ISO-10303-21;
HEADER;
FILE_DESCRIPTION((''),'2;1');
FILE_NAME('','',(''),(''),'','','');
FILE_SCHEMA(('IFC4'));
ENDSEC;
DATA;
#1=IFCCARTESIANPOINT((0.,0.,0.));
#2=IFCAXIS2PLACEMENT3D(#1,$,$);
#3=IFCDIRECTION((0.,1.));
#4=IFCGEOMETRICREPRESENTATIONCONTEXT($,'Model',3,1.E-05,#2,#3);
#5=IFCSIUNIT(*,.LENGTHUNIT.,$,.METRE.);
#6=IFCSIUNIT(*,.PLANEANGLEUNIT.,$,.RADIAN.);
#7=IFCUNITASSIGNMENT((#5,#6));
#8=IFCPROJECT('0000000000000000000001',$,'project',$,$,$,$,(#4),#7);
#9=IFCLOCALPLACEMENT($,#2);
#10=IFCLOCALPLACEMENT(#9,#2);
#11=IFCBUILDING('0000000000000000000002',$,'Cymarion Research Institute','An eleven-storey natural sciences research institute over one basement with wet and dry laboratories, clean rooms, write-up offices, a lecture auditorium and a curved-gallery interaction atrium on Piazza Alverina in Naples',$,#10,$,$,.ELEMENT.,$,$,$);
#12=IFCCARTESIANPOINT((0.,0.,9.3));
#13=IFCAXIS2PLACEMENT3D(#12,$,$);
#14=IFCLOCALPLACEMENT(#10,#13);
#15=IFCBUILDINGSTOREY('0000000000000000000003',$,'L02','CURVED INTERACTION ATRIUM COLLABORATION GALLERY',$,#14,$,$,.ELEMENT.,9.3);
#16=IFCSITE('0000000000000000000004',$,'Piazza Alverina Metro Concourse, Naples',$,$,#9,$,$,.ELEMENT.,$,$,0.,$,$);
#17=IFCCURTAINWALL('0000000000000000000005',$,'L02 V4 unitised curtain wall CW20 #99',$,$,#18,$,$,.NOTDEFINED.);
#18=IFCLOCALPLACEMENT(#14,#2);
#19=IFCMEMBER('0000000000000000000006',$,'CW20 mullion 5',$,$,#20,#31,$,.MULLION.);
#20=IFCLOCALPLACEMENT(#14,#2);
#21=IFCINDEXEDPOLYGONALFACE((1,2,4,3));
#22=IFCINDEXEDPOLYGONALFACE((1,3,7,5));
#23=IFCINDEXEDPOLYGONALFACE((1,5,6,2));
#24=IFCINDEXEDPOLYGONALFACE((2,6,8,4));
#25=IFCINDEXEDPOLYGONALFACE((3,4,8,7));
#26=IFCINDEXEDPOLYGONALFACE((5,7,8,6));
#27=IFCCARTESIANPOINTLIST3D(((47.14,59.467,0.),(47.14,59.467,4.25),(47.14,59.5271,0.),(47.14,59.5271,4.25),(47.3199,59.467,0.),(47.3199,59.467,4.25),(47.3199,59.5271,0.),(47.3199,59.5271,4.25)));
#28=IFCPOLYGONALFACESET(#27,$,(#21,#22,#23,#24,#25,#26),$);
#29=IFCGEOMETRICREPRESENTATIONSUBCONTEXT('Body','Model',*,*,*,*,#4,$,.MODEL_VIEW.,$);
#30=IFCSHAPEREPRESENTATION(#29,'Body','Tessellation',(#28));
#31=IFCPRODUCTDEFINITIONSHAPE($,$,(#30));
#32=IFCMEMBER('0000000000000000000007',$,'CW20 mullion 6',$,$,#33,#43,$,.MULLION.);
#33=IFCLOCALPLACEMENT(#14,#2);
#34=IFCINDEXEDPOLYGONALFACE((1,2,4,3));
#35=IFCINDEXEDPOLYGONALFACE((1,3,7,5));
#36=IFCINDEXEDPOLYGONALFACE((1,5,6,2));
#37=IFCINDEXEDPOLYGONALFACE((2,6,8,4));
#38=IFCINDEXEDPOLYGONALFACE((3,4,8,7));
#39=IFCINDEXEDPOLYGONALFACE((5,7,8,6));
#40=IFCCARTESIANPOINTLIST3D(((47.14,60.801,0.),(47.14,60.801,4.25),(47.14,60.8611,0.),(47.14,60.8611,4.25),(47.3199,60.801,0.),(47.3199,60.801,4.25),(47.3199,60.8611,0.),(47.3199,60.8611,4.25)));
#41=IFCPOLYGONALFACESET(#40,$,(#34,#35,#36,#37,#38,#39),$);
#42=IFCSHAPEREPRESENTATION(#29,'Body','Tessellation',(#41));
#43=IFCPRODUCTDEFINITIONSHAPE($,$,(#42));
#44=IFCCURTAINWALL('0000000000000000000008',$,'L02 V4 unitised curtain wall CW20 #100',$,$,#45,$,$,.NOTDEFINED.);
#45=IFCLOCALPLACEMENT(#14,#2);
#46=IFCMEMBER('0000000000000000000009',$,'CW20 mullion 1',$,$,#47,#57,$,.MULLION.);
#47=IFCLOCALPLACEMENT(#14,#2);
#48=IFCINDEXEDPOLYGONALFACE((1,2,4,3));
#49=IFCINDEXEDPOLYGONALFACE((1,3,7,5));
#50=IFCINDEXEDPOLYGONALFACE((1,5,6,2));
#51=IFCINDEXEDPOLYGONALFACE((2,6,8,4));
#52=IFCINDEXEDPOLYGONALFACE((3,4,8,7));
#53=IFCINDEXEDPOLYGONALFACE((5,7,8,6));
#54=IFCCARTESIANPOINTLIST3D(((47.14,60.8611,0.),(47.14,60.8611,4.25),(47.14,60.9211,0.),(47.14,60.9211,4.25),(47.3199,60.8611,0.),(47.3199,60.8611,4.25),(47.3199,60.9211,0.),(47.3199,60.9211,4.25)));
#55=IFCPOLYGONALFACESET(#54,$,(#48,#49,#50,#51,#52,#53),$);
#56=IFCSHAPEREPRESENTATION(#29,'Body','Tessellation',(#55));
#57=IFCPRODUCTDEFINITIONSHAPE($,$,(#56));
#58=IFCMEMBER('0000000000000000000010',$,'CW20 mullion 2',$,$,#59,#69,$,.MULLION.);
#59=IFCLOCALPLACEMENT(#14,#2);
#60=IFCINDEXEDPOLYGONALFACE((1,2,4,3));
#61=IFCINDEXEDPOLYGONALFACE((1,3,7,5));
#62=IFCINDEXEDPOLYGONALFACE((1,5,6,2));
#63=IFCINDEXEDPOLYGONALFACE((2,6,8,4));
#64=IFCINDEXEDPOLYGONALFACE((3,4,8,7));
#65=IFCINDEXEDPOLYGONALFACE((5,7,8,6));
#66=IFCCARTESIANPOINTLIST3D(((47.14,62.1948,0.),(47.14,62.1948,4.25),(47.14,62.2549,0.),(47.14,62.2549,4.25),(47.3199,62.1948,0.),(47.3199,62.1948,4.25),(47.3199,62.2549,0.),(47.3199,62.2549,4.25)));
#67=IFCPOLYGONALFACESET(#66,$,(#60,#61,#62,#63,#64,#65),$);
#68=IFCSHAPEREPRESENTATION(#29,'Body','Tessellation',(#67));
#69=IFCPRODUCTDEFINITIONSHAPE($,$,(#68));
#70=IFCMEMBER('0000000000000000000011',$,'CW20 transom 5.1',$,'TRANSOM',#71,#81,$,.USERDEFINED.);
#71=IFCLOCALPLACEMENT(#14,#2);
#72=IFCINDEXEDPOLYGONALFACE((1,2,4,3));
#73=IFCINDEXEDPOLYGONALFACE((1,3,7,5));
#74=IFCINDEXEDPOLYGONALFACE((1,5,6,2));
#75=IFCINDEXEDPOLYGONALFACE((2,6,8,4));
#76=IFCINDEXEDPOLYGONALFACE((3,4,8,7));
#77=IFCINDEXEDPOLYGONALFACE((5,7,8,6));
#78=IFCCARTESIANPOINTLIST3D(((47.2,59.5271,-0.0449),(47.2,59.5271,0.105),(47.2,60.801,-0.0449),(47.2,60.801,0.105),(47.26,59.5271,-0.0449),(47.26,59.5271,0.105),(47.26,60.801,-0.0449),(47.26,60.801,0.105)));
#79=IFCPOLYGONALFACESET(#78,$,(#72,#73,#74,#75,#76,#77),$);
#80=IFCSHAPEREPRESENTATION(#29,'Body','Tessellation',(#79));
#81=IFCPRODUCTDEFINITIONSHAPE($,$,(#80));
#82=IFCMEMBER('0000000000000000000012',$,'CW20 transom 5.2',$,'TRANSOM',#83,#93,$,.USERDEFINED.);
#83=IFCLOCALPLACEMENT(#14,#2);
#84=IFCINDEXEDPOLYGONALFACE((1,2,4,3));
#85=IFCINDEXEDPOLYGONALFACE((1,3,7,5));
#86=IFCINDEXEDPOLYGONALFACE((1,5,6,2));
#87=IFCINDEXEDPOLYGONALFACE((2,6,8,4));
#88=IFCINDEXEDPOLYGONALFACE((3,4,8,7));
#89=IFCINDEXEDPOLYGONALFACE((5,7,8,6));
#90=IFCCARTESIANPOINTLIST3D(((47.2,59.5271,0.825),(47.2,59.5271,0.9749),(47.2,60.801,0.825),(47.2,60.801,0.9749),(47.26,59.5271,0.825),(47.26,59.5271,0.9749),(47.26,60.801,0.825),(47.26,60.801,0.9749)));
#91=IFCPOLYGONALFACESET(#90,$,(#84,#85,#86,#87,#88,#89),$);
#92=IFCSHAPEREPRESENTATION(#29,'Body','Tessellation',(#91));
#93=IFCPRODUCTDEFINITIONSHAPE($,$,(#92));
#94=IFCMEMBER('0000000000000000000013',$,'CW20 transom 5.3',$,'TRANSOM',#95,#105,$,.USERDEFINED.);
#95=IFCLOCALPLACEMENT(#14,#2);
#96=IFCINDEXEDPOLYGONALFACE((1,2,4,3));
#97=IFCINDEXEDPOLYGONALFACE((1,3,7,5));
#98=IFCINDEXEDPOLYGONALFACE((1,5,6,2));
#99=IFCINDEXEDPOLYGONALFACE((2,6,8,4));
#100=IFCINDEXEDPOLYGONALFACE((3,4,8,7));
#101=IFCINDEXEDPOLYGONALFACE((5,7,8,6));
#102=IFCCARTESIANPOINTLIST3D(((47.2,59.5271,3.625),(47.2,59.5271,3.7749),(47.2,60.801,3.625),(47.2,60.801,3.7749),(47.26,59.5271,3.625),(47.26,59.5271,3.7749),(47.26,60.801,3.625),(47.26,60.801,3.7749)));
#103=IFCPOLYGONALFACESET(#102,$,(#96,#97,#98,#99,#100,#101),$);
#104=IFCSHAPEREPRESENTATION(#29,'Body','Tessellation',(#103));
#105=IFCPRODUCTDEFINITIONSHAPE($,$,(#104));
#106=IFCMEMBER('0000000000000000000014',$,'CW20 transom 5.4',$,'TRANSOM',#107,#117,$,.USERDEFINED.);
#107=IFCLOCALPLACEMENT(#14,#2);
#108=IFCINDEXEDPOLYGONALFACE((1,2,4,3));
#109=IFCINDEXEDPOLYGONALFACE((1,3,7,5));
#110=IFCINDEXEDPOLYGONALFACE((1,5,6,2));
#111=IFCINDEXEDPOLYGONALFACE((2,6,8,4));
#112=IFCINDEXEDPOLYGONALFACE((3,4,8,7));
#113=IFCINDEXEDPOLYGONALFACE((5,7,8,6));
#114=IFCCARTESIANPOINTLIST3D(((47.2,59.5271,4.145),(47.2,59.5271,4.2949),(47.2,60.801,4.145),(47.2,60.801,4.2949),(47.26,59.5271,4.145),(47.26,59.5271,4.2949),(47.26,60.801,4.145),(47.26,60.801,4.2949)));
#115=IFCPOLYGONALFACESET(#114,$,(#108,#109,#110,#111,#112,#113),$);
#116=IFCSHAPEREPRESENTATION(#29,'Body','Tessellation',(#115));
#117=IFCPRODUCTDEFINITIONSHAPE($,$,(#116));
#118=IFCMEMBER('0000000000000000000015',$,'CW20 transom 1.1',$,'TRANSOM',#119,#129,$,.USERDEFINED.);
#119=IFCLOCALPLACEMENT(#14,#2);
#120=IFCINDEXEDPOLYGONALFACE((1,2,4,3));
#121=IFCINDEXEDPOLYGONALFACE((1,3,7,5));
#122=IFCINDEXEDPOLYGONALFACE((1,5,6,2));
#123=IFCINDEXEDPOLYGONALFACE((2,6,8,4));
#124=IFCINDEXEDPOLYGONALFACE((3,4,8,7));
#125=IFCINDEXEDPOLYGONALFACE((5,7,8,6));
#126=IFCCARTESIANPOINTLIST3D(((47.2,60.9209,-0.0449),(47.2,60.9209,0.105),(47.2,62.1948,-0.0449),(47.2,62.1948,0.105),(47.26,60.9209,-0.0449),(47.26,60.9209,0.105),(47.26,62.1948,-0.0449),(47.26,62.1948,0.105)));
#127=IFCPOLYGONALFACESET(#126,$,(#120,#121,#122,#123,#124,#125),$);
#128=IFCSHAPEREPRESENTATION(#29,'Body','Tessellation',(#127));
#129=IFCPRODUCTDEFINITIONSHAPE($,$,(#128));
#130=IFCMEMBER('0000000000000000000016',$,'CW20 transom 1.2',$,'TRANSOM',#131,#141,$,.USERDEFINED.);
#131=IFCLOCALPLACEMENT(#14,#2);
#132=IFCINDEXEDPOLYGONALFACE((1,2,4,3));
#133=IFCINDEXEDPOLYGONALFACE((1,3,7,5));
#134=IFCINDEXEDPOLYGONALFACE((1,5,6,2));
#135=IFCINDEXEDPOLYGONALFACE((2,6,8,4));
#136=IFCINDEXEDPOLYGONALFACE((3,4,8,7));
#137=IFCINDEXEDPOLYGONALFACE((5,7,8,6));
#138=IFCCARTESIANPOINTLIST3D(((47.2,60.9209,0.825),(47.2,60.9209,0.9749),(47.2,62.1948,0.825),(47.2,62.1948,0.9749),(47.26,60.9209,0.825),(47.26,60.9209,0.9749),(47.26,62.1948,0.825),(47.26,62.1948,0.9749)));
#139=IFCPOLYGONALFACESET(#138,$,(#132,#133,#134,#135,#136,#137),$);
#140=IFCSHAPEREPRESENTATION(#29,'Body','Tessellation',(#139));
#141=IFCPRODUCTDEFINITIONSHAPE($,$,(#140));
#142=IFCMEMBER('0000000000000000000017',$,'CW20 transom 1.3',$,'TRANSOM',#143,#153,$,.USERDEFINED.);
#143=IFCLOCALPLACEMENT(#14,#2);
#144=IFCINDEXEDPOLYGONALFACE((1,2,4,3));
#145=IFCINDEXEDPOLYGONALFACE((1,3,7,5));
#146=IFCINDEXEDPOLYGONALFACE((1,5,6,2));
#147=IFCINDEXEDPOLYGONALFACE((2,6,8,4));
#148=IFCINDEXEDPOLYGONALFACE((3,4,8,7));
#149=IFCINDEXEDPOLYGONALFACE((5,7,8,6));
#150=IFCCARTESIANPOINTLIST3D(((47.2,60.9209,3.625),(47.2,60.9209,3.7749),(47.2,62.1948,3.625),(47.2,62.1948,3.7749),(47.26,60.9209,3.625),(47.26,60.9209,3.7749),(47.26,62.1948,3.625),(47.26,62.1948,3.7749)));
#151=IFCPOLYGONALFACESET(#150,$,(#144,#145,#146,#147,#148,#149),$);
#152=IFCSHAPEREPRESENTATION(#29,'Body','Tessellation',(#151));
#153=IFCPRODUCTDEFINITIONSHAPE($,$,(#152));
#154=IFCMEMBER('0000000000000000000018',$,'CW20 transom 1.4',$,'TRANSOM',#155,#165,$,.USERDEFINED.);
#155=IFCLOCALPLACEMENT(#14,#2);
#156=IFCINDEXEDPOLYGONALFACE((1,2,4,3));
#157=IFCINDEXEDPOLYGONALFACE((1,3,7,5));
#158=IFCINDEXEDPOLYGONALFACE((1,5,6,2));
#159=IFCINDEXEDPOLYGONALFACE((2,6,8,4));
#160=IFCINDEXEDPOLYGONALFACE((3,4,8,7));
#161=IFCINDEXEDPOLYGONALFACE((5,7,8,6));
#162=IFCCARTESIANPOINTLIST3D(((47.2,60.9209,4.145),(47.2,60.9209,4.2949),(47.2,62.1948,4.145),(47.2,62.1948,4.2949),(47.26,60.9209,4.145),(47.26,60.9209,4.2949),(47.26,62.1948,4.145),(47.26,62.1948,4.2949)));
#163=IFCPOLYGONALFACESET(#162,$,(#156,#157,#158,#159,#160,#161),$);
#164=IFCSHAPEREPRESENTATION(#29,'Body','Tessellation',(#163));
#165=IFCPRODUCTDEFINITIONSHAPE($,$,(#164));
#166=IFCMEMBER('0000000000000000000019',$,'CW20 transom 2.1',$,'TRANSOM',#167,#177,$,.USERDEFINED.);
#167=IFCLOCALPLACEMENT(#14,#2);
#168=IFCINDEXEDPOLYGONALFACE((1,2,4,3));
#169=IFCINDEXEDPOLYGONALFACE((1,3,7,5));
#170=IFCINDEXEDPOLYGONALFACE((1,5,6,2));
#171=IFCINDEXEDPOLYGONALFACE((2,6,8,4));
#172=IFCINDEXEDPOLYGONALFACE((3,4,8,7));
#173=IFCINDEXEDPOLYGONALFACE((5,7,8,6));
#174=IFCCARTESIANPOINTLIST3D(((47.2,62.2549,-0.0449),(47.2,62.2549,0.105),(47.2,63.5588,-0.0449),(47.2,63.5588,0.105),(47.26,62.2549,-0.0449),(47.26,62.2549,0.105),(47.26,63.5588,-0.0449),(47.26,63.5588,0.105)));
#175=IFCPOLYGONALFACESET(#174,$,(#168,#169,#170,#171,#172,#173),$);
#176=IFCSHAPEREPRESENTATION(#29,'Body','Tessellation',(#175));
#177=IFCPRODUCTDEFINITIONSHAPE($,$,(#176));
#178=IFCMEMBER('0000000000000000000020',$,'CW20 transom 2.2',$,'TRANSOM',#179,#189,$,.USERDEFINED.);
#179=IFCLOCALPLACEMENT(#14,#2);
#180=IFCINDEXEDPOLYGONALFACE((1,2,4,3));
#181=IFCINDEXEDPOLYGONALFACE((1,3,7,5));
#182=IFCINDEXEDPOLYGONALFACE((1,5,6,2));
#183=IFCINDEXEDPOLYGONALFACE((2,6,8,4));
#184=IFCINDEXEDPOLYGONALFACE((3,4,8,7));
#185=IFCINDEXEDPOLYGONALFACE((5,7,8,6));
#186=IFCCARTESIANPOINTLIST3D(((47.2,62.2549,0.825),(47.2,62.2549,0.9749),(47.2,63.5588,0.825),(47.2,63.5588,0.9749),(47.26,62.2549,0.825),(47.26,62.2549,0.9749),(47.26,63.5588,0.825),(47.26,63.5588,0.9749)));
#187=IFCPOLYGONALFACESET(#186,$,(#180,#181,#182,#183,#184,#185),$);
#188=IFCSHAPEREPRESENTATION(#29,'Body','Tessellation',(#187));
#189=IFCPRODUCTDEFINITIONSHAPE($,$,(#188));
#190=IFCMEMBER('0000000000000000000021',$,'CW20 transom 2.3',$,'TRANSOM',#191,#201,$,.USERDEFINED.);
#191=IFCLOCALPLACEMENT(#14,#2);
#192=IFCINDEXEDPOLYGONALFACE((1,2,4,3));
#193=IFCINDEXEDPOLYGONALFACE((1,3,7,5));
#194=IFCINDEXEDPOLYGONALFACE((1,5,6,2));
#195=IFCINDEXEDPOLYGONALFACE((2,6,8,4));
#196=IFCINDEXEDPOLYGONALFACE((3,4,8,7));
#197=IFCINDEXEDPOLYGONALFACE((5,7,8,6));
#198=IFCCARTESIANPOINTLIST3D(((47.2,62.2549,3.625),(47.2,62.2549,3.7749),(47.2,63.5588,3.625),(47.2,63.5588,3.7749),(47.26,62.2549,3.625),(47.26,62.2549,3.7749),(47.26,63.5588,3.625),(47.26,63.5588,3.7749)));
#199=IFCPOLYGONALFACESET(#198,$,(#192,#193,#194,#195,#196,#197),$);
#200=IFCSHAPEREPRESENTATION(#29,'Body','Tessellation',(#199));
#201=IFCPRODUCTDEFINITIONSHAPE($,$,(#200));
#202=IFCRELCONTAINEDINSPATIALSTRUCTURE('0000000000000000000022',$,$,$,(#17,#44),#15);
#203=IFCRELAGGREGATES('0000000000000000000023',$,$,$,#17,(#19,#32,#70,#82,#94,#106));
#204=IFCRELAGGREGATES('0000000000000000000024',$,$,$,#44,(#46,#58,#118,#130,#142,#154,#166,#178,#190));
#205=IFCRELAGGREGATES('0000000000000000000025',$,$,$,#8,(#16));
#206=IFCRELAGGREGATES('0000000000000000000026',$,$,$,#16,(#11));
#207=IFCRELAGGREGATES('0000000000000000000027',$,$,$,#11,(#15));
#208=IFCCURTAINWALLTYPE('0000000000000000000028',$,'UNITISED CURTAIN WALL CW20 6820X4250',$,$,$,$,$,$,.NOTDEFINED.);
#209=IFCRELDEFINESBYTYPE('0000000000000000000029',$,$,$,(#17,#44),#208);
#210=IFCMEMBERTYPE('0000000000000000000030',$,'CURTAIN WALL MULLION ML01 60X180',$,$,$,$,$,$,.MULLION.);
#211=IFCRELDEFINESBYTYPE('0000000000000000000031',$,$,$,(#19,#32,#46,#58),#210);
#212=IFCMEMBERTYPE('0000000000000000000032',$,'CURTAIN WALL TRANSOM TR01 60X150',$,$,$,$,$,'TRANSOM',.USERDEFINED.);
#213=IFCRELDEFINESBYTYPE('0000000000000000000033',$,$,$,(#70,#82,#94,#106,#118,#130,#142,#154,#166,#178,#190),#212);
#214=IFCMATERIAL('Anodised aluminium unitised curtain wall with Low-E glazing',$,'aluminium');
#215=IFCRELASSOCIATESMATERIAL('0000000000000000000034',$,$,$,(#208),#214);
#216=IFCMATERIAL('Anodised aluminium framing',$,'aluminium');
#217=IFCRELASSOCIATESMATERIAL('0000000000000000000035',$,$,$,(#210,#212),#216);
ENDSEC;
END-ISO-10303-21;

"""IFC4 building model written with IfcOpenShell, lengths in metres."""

from ifc_helpers import new_model, si_unit, direction, frame, origin, origin_2d, place, context, subcontext, project, spatial, rectangle, extrude, material, material_profile, profile_set, type_object, element, aggregate, save


model = new_model("IFC4")

# Units and contexts
model_context = context("Model", 3, precision=1e-05, world=origin(), true_north=direction((0.0, 1.0)))
body_context = subcontext(model_context, "Body", "Model", "MODEL_VIEW")
ifc_project = project(units=[si_unit("LENGTHUNIT", "METRE"), si_unit("PLANEANGLEUNIT", "RADIAN")], contexts=[model_context])

# Site, building, storey
site_placement = place(None, origin())
site = spatial("IfcSite", under=ifc_project, at=site_placement, Name="Piazza Alverina Metro Concourse, Naples", CompositionType="ELEMENT", RefElevation=0.0)
building_placement = place(site_placement, origin())
building = spatial("IfcBuilding", under=site, at=building_placement, Name="Cymarion Research Institute", Description="An eleven-storey natural sciences research institute over one basement with wet and dry laboratories, clean rooms, write-up offices, a lecture auditorium and a curved-gallery interaction atrium on Piazza Alverina in Naples", CompositionType="ELEMENT")
storey_placement = place(building_placement, frame((0.0, 0.0, 9.3)))
storey = spatial("IfcBuildingStorey", under=building, at=storey_placement, Name="L02", Description="CURVED INTERACTION ATRIUM COLLABORATION GALLERY", CompositionType="ELEMENT", Elevation=9.3)

# Curtain walls, members
ifc_material_1 = material(Name="Anodised aluminium unitised curtain wall with Low-E glazing", Category="aluminium")
curtain_wall_type = type_object("IfcCurtainWallType", Name="UNITISED CURTAIN WALL CW20 6820X4250", PredefinedType="NOTDEFINED", material=ifc_material_1)
curtain_wall_1_placement = place(storey_placement, origin())
curtain_wall_1 = element("IfcCurtainWall", 1, at=curtain_wall_1_placement, inside=storey, type_object=curtain_wall_type, Name="L02 V4 unitised curtain wall CW20 #99", PredefinedType="NOTDEFINED")
ifc_material_2 = material(Name="Anodised aluminium framing", Category="aluminium")
ifc_material_profile_1 = material_profile(ifc_material_2, rectangle(XDim=0.0601, YDim=0.1799, at=origin_2d()), Name="ALU MULLION 60x180")
ifc_profile_set_1 = profile_set([ifc_material_profile_1], Name="Anodised aluminium framing")
member_type_1 = type_object("IfcMemberType", Name="CURTAIN WALL MULLION ML01 60X180", PredefinedType="MULLION", material=ifc_profile_set_1)
member_1_placement = place(storey_placement, frame((47.23, 59.4971, 0.0), z_axis=(0.0, 0.0, 1.0), x_axis=(0.0, 1.0, 0.0)))
member_1 = element("IfcMember", 2, at=member_1_placement, type_object=member_type_1, Name="CW20 mullion 5", PredefinedType="MULLION", context=body_context, shape_type="SweptSolid", body=[
    extrude(rectangle(XDim=0.0601, YDim=0.1799, at=origin_2d()), origin(), (0.0, 0.0, 1.0), 4.25),
])
member_2_placement = place(storey_placement, frame((47.23, 60.8311, 0.0), z_axis=(0.0, 0.0, 1.0), x_axis=(0.0, 1.0, 0.0)))
member_2 = element("IfcMember", 3, at=member_2_placement, type_object=member_type_1, Name="CW20 mullion 6", PredefinedType="MULLION", context=body_context, shape_type="SweptSolid", body=[
    extrude(rectangle(XDim=0.0601, YDim=0.1799, at=origin_2d()), origin(), (0.0, 0.0, 1.0), 4.25),
])
curtain_wall_2_placement = place(storey_placement, origin())
curtain_wall_2 = element("IfcCurtainWall", 4, at=curtain_wall_2_placement, inside=storey, type_object=curtain_wall_type, Name="L02 V4 unitised curtain wall CW20 #100", PredefinedType="NOTDEFINED")
member_3_placement = place(storey_placement, frame((47.23, 60.8911, 0.0), z_axis=(0.0, 0.0, 1.0), x_axis=(0.0, 1.0, 0.0)))
member_3 = element("IfcMember", 5, at=member_3_placement, type_object=member_type_1, Name="CW20 mullion 1", PredefinedType="MULLION", context=body_context, shape_type="SweptSolid", body=[
    extrude(rectangle(XDim=0.0601, YDim=0.1799, at=origin_2d()), origin(), (0.0, 0.0, 1.0), 4.25),
])
member_4_placement = place(storey_placement, frame((47.23, 62.2249, 0.0), z_axis=(0.0, 0.0, 1.0), x_axis=(0.0, 1.0, 0.0)))
member_4 = element("IfcMember", 6, at=member_4_placement, type_object=member_type_1, Name="CW20 mullion 2", PredefinedType="MULLION", context=body_context, shape_type="SweptSolid", body=[
    extrude(rectangle(XDim=0.0601, YDim=0.1799, at=origin_2d()), origin(), (0.0, 0.0, 1.0), 4.25),
])

# Members
ifc_material_profile_2 = material_profile(ifc_material_2, rectangle(XDim=0.0601, YDim=0.1499, at=origin_2d()), Name="ALU TRANSOM 60x150")
ifc_profile_set_2 = profile_set([ifc_material_profile_2], Name="Anodised aluminium framing")
member_type_2 = type_object("IfcMemberType", Name="CURTAIN WALL TRANSOM TR01 60X150", ElementType="TRANSOM", PredefinedType="USERDEFINED", material=ifc_profile_set_2)
member_5_placement = place(storey_placement, frame((47.23, 59.5271, 0.03), z_axis=(0.0, 1.0, 0.0), x_axis=(-1.0, 0.0, 0.0)))
member_5 = element("IfcMember", 7, at=member_5_placement, type_object=member_type_2, Name="CW20 transom 5.1", ObjectType="TRANSOM", PredefinedType="USERDEFINED", context=body_context, shape_type="SweptSolid", body=[
    extrude(rectangle(XDim=0.0601, YDim=0.1499, at=origin_2d()), origin(), (0.0, 0.0, 1.0), 1.2739),
])
member_6_placement = place(storey_placement, frame((47.23, 59.5271, 0.8999), z_axis=(0.0, 1.0, 0.0), x_axis=(-1.0, 0.0, 0.0)))
member_6 = element("IfcMember", 8, at=member_6_placement, type_object=member_type_2, Name="CW20 transom 5.2", ObjectType="TRANSOM", PredefinedType="USERDEFINED", context=body_context, shape_type="SweptSolid", body=[
    extrude(rectangle(XDim=0.0601, YDim=0.1499, at=origin_2d()), origin(), (0.0, 0.0, 1.0), 1.2739),
])
member_7_placement = place(storey_placement, frame((47.23, 59.5271, 3.7), z_axis=(0.0, 1.0, 0.0), x_axis=(-1.0, 0.0, 0.0)))
member_7 = element("IfcMember", 9, at=member_7_placement, type_object=member_type_2, Name="CW20 transom 5.3", ObjectType="TRANSOM", PredefinedType="USERDEFINED", context=body_context, shape_type="SweptSolid", body=[
    extrude(rectangle(XDim=0.0601, YDim=0.1499, at=origin_2d()), origin(), (0.0, 0.0, 1.0), 1.2739),
])
member_8_placement = place(storey_placement, frame((47.23, 59.5271, 4.22), z_axis=(0.0, 1.0, 0.0), x_axis=(-1.0, 0.0, 0.0)))
member_8 = element("IfcMember", 10, at=member_8_placement, type_object=member_type_2, Name="CW20 transom 5.4", ObjectType="TRANSOM", PredefinedType="USERDEFINED", context=body_context, shape_type="SweptSolid", body=[
    extrude(rectangle(XDim=0.0601, YDim=0.1499, at=origin_2d()), origin(), (0.0, 0.0, 1.0), 1.2739),
])
member_9_placement = place(storey_placement, frame((47.23, 60.9209, 0.03), z_axis=(0.0, 1.0, 0.0), x_axis=(-1.0, 0.0, 0.0)))
member_9 = element("IfcMember", 11, at=member_9_placement, type_object=member_type_2, Name="CW20 transom 1.1", ObjectType="TRANSOM", PredefinedType="USERDEFINED", context=body_context, shape_type="SweptSolid", body=[
    extrude(rectangle(XDim=0.0601, YDim=0.1499, at=origin_2d()), origin(), (0.0, 0.0, 1.0), 1.2739),
])
member_10_placement = place(storey_placement, frame((47.23, 60.9209, 0.8999), z_axis=(0.0, 1.0, 0.0), x_axis=(-1.0, 0.0, 0.0)))
member_10 = element("IfcMember", 12, at=member_10_placement, type_object=member_type_2, Name="CW20 transom 1.2", ObjectType="TRANSOM", PredefinedType="USERDEFINED", context=body_context, shape_type="SweptSolid", body=[
    extrude(rectangle(XDim=0.0601, YDim=0.1499, at=origin_2d()), origin(), (0.0, 0.0, 1.0), 1.2739),
])
member_11_placement = place(storey_placement, frame((47.23, 60.9209, 3.7), z_axis=(0.0, 1.0, 0.0), x_axis=(-1.0, 0.0, 0.0)))
member_11 = element("IfcMember", 13, at=member_11_placement, type_object=member_type_2, Name="CW20 transom 1.3", ObjectType="TRANSOM", PredefinedType="USERDEFINED", context=body_context, shape_type="SweptSolid", body=[
    extrude(rectangle(XDim=0.0601, YDim=0.1499, at=origin_2d()), origin(), (0.0, 0.0, 1.0), 1.2739),
])
member_12_placement = place(storey_placement, frame((47.23, 60.9209, 4.22), z_axis=(0.0, 1.0, 0.0), x_axis=(-1.0, 0.0, 0.0)))
member_12 = element("IfcMember", 14, at=member_12_placement, type_object=member_type_2, Name="CW20 transom 1.4", ObjectType="TRANSOM", PredefinedType="USERDEFINED", context=body_context, shape_type="SweptSolid", body=[
    extrude(rectangle(XDim=0.0601, YDim=0.1499, at=origin_2d()), origin(), (0.0, 0.0, 1.0), 1.2739),
])
member_13_placement = place(storey_placement, frame((47.23, 62.2549, 0.03), z_axis=(0.0, 1.0, 0.0), x_axis=(-1.0, 0.0, 0.0)))
member_13 = element("IfcMember", 15, at=member_13_placement, type_object=member_type_2, Name="CW20 transom 2.1", ObjectType="TRANSOM", PredefinedType="USERDEFINED", context=body_context, shape_type="SweptSolid", body=[
    extrude(rectangle(XDim=0.0601, YDim=0.1499, at=origin_2d()), origin(), (0.0, 0.0, 1.0), 1.304),
])
member_14_placement = place(storey_placement, frame((47.23, 62.2549, 0.8999), z_axis=(0.0, 1.0, 0.0), x_axis=(-1.0, 0.0, 0.0)))
member_14 = element("IfcMember", 16, at=member_14_placement, type_object=member_type_2, Name="CW20 transom 2.2", ObjectType="TRANSOM", PredefinedType="USERDEFINED", context=body_context, shape_type="SweptSolid", body=[
    extrude(rectangle(XDim=0.0601, YDim=0.1499, at=origin_2d()), origin(), (0.0, 0.0, 1.0), 1.304),
])
member_15_placement = place(storey_placement, frame((47.23, 62.2549, 3.7), z_axis=(0.0, 1.0, 0.0), x_axis=(-1.0, 0.0, 0.0)))
member_15 = element("IfcMember", 17, at=member_15_placement, type_object=member_type_2, Name="CW20 transom 2.3", ObjectType="TRANSOM", PredefinedType="USERDEFINED", context=body_context, shape_type="SweptSolid", body=[
    extrude(rectangle(XDim=0.0601, YDim=0.1499, at=origin_2d()), origin(), (0.0, 0.0, 1.0), 1.304),
])

aggregate(curtain_wall_1, [member_1, member_2, member_5, member_6, member_7, member_8])
aggregate(curtain_wall_2, [member_3, member_4, member_9, member_10, member_11, member_12, member_13, member_14, member_15])

save(model, "model.ifc")
